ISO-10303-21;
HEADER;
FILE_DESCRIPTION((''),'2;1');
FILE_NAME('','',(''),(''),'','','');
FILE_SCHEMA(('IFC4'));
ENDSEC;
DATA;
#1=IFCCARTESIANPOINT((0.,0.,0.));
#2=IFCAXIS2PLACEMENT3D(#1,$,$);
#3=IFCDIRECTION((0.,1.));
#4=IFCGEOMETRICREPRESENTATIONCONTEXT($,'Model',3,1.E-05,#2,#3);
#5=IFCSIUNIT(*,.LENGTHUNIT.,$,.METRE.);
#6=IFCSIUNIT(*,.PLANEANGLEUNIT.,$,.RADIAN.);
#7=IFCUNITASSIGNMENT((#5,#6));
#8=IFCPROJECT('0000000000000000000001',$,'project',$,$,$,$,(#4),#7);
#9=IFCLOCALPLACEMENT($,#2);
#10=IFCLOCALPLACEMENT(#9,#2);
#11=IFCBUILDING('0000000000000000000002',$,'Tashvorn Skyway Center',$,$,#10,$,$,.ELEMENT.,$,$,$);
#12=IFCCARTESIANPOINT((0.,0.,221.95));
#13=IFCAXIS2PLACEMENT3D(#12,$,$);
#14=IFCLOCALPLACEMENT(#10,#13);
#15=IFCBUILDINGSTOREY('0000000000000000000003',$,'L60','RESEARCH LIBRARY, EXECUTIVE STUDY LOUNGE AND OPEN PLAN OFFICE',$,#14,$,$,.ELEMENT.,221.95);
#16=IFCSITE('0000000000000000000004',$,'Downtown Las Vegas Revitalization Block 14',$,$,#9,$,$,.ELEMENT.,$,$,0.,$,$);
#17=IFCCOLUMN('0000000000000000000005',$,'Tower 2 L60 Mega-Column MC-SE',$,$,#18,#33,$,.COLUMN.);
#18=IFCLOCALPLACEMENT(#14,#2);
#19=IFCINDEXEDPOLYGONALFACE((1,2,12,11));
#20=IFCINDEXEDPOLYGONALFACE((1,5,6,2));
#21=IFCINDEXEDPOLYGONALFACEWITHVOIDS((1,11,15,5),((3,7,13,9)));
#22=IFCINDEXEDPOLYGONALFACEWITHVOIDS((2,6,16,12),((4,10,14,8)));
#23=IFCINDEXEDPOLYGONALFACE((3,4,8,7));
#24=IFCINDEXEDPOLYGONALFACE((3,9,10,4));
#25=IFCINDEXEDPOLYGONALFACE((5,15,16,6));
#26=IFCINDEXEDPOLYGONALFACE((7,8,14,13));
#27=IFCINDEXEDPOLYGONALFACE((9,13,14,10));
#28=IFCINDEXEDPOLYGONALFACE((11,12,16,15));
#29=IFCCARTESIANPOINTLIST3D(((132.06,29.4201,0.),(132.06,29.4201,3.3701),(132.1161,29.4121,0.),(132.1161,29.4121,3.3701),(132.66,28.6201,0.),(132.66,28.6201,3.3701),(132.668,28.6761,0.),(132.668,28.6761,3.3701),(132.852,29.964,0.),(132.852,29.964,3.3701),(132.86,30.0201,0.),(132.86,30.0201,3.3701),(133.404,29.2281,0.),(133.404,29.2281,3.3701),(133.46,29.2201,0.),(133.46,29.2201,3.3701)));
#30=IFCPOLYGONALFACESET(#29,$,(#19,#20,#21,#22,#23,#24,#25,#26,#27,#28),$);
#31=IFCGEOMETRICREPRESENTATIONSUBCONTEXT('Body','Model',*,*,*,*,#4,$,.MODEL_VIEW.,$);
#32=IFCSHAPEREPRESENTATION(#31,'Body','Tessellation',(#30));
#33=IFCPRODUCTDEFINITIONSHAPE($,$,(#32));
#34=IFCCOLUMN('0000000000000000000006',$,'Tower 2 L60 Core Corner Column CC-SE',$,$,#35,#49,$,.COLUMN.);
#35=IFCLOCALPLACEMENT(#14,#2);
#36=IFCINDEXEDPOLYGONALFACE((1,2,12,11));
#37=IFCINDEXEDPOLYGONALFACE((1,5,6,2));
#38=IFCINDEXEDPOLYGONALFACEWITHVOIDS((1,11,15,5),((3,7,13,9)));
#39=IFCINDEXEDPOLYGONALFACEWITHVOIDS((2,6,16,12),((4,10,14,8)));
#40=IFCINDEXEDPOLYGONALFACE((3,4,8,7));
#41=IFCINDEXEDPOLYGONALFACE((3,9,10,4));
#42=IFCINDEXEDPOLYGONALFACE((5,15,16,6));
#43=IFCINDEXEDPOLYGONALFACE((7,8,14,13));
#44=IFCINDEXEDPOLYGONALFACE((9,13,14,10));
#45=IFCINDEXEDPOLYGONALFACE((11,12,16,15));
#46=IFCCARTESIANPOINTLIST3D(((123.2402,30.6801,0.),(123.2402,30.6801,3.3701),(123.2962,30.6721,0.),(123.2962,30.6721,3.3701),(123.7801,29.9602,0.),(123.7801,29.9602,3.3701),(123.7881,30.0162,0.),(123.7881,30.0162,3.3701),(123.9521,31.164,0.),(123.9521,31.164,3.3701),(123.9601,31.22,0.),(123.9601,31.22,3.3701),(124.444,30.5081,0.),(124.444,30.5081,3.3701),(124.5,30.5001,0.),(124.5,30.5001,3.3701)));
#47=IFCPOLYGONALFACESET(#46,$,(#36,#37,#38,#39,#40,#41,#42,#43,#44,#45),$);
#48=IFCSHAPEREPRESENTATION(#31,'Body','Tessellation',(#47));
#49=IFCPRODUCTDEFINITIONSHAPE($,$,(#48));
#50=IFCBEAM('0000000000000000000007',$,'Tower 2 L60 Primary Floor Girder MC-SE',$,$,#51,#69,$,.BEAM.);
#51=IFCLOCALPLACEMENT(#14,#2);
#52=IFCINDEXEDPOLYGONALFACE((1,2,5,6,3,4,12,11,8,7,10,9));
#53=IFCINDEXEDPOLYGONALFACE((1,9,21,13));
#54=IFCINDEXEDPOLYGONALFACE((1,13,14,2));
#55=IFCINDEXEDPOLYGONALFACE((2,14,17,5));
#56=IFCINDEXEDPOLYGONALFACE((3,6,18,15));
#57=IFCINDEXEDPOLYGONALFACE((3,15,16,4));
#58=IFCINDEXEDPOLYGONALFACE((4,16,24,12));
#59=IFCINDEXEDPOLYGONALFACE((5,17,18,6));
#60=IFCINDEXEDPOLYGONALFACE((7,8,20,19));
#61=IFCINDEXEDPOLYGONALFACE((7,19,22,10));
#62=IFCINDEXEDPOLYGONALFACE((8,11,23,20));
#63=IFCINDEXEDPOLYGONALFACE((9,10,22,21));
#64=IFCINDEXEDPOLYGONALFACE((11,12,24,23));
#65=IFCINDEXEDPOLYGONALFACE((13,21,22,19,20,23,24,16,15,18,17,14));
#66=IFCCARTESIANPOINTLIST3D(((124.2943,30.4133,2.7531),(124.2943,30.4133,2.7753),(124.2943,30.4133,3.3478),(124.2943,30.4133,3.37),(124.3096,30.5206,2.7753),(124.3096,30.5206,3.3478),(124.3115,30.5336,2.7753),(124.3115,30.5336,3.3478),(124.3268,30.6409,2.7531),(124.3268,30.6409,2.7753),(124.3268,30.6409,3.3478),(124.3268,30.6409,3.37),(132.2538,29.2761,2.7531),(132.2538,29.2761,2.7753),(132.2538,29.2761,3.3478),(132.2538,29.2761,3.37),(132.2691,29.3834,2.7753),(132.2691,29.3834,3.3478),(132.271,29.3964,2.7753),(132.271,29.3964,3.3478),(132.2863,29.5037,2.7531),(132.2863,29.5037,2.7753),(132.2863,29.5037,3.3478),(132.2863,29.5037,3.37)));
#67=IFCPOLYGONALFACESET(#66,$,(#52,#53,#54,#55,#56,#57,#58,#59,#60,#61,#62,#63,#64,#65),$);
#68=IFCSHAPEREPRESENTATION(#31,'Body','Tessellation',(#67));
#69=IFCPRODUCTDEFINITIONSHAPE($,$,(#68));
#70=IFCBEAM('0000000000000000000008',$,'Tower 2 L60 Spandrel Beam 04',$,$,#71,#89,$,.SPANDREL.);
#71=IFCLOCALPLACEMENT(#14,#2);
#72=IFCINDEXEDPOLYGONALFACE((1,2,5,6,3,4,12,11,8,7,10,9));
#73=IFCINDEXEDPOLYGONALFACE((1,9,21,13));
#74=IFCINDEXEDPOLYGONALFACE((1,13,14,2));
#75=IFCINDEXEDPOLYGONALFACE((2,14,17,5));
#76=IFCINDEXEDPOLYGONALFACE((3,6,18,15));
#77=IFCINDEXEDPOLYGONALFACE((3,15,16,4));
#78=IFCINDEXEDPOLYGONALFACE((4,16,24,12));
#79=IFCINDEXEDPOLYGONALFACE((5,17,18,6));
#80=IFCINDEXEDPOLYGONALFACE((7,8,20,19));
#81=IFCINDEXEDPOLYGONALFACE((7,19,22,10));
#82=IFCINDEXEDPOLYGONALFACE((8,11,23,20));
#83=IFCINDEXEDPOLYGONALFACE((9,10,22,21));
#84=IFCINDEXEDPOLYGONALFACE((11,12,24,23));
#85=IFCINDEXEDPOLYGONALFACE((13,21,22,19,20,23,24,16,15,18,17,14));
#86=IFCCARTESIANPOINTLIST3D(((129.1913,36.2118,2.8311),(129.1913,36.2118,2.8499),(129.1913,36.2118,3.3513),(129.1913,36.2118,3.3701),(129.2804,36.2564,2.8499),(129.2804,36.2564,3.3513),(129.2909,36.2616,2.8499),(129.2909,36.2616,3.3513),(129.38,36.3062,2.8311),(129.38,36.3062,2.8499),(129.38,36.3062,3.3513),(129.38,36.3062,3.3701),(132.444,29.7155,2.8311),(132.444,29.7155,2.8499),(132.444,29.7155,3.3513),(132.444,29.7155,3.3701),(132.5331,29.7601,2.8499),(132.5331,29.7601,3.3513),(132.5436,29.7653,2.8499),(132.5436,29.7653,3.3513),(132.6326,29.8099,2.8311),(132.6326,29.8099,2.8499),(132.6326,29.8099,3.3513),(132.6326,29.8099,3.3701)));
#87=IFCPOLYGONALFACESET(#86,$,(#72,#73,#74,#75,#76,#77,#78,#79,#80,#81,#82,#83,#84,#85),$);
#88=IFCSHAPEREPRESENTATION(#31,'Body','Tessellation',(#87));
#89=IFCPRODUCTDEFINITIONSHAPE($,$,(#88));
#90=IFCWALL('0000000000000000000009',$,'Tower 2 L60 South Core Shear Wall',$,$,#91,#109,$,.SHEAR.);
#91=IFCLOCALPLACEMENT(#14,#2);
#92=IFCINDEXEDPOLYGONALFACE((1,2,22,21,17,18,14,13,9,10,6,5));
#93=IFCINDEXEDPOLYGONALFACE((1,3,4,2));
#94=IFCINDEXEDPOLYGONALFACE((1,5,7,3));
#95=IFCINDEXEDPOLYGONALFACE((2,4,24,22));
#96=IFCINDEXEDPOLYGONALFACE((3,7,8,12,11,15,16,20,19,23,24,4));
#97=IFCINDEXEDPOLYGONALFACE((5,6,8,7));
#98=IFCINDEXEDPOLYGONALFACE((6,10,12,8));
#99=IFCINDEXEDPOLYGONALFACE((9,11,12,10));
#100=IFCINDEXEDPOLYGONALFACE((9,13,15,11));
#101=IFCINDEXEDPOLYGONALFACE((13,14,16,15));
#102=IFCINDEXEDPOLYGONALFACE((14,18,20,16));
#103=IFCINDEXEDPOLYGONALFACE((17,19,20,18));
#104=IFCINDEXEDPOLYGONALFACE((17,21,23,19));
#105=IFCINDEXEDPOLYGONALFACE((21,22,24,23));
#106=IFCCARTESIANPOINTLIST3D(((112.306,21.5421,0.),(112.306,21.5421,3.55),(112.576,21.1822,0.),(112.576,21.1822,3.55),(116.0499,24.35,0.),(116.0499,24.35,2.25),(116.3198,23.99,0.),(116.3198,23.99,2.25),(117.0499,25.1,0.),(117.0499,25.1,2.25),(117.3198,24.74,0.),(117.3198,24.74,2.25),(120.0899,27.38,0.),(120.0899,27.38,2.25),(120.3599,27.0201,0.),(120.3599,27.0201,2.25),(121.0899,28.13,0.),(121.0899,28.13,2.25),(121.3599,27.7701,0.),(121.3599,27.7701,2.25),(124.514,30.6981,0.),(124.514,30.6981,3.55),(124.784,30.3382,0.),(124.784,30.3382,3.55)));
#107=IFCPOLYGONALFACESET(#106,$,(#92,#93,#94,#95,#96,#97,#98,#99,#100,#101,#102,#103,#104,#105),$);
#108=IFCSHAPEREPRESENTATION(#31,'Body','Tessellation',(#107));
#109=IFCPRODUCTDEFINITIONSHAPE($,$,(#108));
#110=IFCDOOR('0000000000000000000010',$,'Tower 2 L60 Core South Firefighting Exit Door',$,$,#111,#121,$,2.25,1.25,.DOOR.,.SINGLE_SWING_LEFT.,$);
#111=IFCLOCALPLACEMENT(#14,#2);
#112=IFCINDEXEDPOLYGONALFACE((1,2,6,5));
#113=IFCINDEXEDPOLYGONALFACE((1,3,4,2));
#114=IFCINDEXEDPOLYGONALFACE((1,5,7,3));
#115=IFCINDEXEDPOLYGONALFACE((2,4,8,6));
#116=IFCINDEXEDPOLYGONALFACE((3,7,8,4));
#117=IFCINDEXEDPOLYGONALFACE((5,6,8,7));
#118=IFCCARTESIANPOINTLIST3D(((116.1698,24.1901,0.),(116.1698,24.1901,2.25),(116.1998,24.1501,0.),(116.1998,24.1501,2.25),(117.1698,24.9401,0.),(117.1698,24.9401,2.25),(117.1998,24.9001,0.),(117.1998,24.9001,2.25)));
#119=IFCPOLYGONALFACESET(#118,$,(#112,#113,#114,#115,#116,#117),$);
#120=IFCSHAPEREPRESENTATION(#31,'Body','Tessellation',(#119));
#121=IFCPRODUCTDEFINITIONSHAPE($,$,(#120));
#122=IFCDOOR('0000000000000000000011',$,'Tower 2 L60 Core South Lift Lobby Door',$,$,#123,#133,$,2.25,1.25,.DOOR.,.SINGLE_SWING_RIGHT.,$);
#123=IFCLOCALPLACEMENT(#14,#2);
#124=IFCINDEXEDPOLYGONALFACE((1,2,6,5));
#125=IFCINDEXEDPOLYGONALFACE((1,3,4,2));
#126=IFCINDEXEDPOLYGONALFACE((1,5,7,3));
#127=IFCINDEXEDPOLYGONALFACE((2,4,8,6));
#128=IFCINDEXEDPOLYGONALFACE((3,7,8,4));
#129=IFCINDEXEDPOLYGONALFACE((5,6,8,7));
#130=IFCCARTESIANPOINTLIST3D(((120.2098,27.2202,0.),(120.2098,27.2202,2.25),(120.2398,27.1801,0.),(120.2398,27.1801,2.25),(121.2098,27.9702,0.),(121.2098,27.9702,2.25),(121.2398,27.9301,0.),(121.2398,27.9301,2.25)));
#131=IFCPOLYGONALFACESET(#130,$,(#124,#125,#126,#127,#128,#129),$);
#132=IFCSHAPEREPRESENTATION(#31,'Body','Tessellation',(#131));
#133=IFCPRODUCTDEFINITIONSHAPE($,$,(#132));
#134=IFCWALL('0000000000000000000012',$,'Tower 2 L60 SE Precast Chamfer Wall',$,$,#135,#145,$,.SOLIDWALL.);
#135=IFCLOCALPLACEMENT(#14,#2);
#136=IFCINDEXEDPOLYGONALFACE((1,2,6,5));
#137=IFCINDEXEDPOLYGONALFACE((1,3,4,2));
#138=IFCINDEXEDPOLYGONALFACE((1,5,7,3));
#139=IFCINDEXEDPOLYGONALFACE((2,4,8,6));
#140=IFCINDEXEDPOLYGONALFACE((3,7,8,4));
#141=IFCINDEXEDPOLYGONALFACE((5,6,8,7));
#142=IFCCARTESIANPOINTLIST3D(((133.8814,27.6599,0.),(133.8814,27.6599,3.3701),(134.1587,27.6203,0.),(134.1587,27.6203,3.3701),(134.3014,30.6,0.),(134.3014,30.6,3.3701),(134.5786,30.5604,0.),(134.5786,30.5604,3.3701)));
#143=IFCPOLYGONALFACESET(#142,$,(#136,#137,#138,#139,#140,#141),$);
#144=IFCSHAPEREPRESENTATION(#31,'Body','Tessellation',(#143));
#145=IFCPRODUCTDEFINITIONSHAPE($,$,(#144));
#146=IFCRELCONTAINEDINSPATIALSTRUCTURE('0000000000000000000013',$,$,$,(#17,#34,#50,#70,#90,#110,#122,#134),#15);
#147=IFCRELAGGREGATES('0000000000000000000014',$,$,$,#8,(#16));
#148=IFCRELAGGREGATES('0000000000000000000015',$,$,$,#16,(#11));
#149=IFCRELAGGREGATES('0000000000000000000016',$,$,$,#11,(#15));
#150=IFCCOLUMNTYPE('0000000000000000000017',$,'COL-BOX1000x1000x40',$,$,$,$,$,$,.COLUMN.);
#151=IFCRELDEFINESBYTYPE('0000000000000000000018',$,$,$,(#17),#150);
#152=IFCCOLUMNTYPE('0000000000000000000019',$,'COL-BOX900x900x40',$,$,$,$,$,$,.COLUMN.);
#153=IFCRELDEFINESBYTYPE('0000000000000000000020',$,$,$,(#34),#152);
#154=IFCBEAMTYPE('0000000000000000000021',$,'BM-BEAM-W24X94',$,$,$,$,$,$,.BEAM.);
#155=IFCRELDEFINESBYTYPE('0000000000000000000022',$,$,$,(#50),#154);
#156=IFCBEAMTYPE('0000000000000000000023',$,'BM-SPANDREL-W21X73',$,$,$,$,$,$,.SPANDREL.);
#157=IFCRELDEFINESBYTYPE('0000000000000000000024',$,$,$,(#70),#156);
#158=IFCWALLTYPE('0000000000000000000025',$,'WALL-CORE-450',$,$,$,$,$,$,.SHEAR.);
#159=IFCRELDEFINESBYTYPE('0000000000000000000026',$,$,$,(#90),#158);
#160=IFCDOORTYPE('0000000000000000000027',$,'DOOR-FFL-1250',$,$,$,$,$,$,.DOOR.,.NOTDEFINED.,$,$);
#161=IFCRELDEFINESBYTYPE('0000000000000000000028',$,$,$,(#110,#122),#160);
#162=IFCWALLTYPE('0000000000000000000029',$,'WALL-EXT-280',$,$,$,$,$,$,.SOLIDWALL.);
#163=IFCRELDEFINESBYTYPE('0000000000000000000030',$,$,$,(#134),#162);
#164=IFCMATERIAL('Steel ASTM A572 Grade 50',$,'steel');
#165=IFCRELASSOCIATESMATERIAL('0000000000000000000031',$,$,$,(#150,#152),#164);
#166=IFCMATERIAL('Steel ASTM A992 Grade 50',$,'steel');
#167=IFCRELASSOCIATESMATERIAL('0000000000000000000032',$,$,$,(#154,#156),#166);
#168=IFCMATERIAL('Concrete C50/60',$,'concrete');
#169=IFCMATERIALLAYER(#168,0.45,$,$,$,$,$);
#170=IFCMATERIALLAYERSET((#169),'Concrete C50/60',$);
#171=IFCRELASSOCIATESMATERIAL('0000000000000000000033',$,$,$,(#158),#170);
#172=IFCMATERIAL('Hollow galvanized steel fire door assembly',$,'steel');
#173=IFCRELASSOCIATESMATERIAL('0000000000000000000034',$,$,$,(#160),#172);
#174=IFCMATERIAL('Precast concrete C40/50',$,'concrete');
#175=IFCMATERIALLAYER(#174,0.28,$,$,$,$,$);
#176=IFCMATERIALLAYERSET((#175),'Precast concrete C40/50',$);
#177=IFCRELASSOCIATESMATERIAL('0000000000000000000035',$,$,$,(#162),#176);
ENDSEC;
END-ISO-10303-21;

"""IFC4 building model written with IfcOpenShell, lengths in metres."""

from ifc_helpers import new_model, si_unit, direction, frame, frame_2d, origin, origin_2d, place, context, subcontext, project, spatial, rectangle, hollow_rectangle, i_section, extrude, material, layer, layer_set, material_profile, profile_set, type_object, element, fill, save


model = new_model("IFC4")

# Units and contexts
model_context = context("Model", 3, precision=1e-05, world=origin(), true_north=direction((0.0, 1.0)))
body_context = subcontext(model_context, "Body", "Model", "MODEL_VIEW")
ifc_project = project(units=[si_unit("LENGTHUNIT", "METRE"), si_unit("PLANEANGLEUNIT", "RADIAN")], contexts=[model_context])

# Site, building, storey
site_placement = place(None, origin())
site = spatial("IfcSite", under=ifc_project, at=site_placement, Name="Downtown Las Vegas Revitalization Block 14", CompositionType="ELEMENT", RefElevation=0.0)
building_placement = place(site_placement, origin())
building = spatial("IfcBuilding", under=site, at=building_placement, Name="Tashvorn Skyway Center", CompositionType="ELEMENT")
storey_placement = place(building_placement, frame((0.0, 0.0, 221.95)))
storey = spatial("IfcBuildingStorey", under=building, at=storey_placement, Name="L60", Description="RESEARCH LIBRARY, EXECUTIVE STUDY LOUNGE AND OPEN PLAN OFFICE", CompositionType="ELEMENT", Elevation=221.95)

# Columns
ifc_material_1 = material(Name="Steel ASTM A572 Grade 50", Category="steel")
ifc_material_profile_1 = material_profile(ifc_material_1, hollow_rectangle(XDim=1.0, YDim=1.0, WallThickness=0.04, at=origin_2d()), Name="BOX1000x1000x40")
ifc_profile_set_1 = profile_set([ifc_material_profile_1], Name="Steel ASTM A572 Grade 50")
column_type_1 = type_object("IfcColumnType", Name="COL-BOX1000x1000x40", PredefinedType="COLUMN", material=ifc_profile_set_1)
column_1_placement = place(storey_placement, frame((132.76, 29.3201, 0.0), z_axis=(0.0, 0.0, 1.0), x_axis=(0.8, 0.6, 0.0)))
element("IfcColumn", 1, at=column_1_placement, inside=storey, type_object=column_type_1, Name="Tower 2 L60 Mega-Column MC-SE", PredefinedType="COLUMN", context=body_context, shape_type="SweptSolid", body=[
    extrude(hollow_rectangle(XDim=1.0, YDim=1.0, WallThickness=0.04, at=origin_2d()), origin(), (0.0, 0.0, 1.0), 3.3701),
])
ifc_material_profile_2 = material_profile(ifc_material_1, hollow_rectangle(XDim=0.8999, YDim=0.8999, WallThickness=0.04, at=origin_2d()), Name="BOX900x900x40")
ifc_profile_set_2 = profile_set([ifc_material_profile_2], Name="Steel ASTM A572 Grade 50")
column_type_2 = type_object("IfcColumnType", Name="COL-BOX900x900x40", PredefinedType="COLUMN", material=ifc_profile_set_2)
column_2_placement = place(storey_placement, frame((123.8701, 30.5901, 0.0), z_axis=(0.0, 0.0, 1.0), x_axis=(0.8, 0.6, 0.0)))
element("IfcColumn", 2, at=column_2_placement, inside=storey, type_object=column_type_2, Name="Tower 2 L60 Core Corner Column CC-SE", PredefinedType="COLUMN", context=body_context, shape_type="SweptSolid", body=[
    extrude(hollow_rectangle(XDim=0.8999, YDim=0.8999, WallThickness=0.04, at=origin_2d()), origin(), (0.0, 0.0, 1.0), 3.3701),
])

# Beams
ifc_material_2 = material(Name="Steel ASTM A992 Grade 50", Category="steel")
ifc_material_profile_3 = material_profile(ifc_material_2, i_section(OverallWidth=0.23, OverallDepth=0.6169, WebThickness=0.0132, FlangeThickness=0.0222, at=origin_2d()), Name="W24X94")
ifc_profile_set_3 = profile_set([ifc_material_profile_3], Name="Steel ASTM A992 Grade 50")
beam_type_1 = type_object("IfcBeamType", Name="BM-BEAM-W24X94", PredefinedType="BEAM", material=ifc_profile_set_3)
beam_1_placement = place(storey_placement, frame((132.27, 29.3899, 3.0615), z_axis=(-0.989947, 0.141438, 0.0), x_axis=(-0.141438, -0.989947, 0.0)))
element("IfcBeam", 3, at=beam_1_placement, inside=storey, type_object=beam_type_1, Name="Tower 2 L60 Primary Floor Girder MC-SE", PredefinedType="BEAM", context=body_context, shape_type="SweptSolid", body=[
    extrude(i_section(OverallWidth=0.23, OverallDepth=0.6169, WebThickness=0.0132, FlangeThickness=0.0222, at=origin_2d()), origin(), (0.0, 0.0, 1.0), 8.0403),
])
ifc_material_profile_4 = material_profile(ifc_material_2, i_section(OverallWidth=0.2109, OverallDepth=0.5391, WebThickness=0.0117, FlangeThickness=0.0188, at=origin_2d()), Name="W21X73")
ifc_profile_set_4 = profile_set([ifc_material_profile_4], Name="Steel ASTM A992 Grade 50")
beam_type_2 = type_object("IfcBeamType", Name="BM-SPANDREL-W21X73", PredefinedType="SPANDREL", material=ifc_profile_set_4)
beam_2_placement = place(storey_placement, frame((132.5383, 29.7627, 3.1006), z_axis=(-0.447711, 0.894178, 0.0), x_axis=(-0.894178, -0.447711, 0.0)))
element("IfcBeam", 4, at=beam_2_placement, inside=storey, type_object=beam_type_2, Name="Tower 2 L60 Spandrel Beam 04", PredefinedType="SPANDREL", context=body_context, shape_type="SweptSolid", body=[
    extrude(i_section(OverallWidth=0.2109, OverallDepth=0.5391, WebThickness=0.0117, FlangeThickness=0.0188, at=origin_2d()), origin(), (0.0, 0.0, 1.0), 7.2651),
])

# Wall, openings, doors
ifc_material_3 = material(Name="Concrete C50/60", Category="concrete")
ifc_layer_1 = layer(ifc_material_3, 0.45)
ifc_layer_set_1 = layer_set([ifc_layer_1], Name="Concrete C50/60")
wall_type_1 = type_object("IfcWallType", Name="WALL-CORE-450", PredefinedType="SHEAR", material=ifc_layer_set_1)
wall_1_placement = place(storey_placement, frame((124.6489, 30.5181, 0.0), z_axis=(0.0, 0.0, 1.0), x_axis=(-0.8, -0.6, 0.0)))
wall_1 = element("IfcWall", 5, at=wall_1_placement, inside=storey, type_object=wall_type_1, Name="Tower 2 L60 South Core Shear Wall", PredefinedType="SHEAR", context=body_context, shape_type="SweptSolid", body=[
    extrude(rectangle(XDim=15.26, YDim=0.45, at=frame_2d((7.6299, 0.0))), origin(), (0.0, 0.0, 1.0), 3.55),
])
opening_1_placement = place(wall_1_placement, frame((9.3301, 0.0, 0.0)))
opening_1 = element("IfcOpeningElement", 6, at=opening_1_placement, cuts=wall_1, PredefinedType="OPENING", context=body_context, shape_type="SweptSolid", body=[
    extrude(rectangle(XDim=1.25, YDim=2.25, at=frame_2d((0.625, 1.125))), frame((0.0, 0.2349, 0.0), z_axis=(0.0, -1.0, 0.0), x_axis=(1.0, 0.0, 0.0)), (0.0, 0.0, 1.0), 0.47),
])
opening_2_placement = place(wall_1_placement, frame((4.28, 0.0, 0.0)))
opening_2 = element("IfcOpeningElement", 7, at=opening_2_placement, cuts=wall_1, PredefinedType="OPENING", context=body_context, shape_type="SweptSolid", body=[
    extrude(rectangle(XDim=1.25, YDim=2.25, at=frame_2d((0.625, 1.125))), frame((0.0, 0.2349, 0.0), z_axis=(0.0, -1.0, 0.0), x_axis=(1.0, 0.0, 0.0)), (0.0, 0.0, 1.0), 0.47),
])
ifc_material_4 = material(Name="Hollow galvanized steel fire door assembly", Category="steel")
door_type_1 = type_object("IfcDoorType", Name="DOOR-FFL-1250", OperationType="NOTDEFINED", PredefinedType="DOOR", material=ifc_material_4)
door_1_placement = place(opening_1_placement, origin())
door_1 = element("IfcDoor", 8, at=door_1_placement, inside=storey, type_object=door_type_1, Name="Tower 2 L60 Core South Firefighting Exit Door", OperationType="SINGLE_SWING_LEFT", OverallHeight=2.25, OverallWidth=1.25, PredefinedType="DOOR", context=body_context, shape_type="SweptSolid", body=[
    extrude(rectangle(XDim=1.25, YDim=2.25, at=frame_2d((0.625, 1.125))), frame((0.0, 0.0249, 0.0), z_axis=(0.0, -1.0, 0.0), x_axis=(1.0, 0.0, 0.0)), (0.0, 0.0, 1.0), 0.05),
])
fill(opening_1, door_1)
door_2_placement = place(opening_2_placement, origin())
door_2 = element("IfcDoor", 9, at=door_2_placement, inside=storey, type_object=door_type_1, Name="Tower 2 L60 Core South Lift Lobby Door", OperationType="SINGLE_SWING_RIGHT", OverallHeight=2.25, OverallWidth=1.25, PredefinedType="DOOR", context=body_context, shape_type="SweptSolid", body=[
    extrude(rectangle(XDim=1.25, YDim=2.25, at=frame_2d((0.625, 1.125))), frame((0.0, 0.0249, 0.0), z_axis=(0.0, -1.0, 0.0), x_axis=(1.0, 0.0, 0.0)), (0.0, 0.0, 1.0), 0.05),
])
fill(opening_2, door_2)

# Wall
ifc_material_5 = material(Name="Precast concrete C40/50", Category="concrete")
ifc_layer_2 = layer(ifc_material_5, 0.28)
ifc_layer_set_2 = layer_set([ifc_layer_2], Name="Precast concrete C40/50")
wall_type_2 = type_object("IfcWallType", Name="WALL-EXT-280", PredefinedType="SOLIDWALL", material=ifc_layer_set_2)
wall_2_placement = place(storey_placement, frame((134.4399, 30.5801, 0.0), z_axis=(0.0, 0.0, 1.0), x_axis=(-0.141387, -0.989954, 0.0)))
element("IfcWall", 10, at=wall_2_placement, inside=storey, type_object=wall_type_2, Name="Tower 2 L60 SE Precast Chamfer Wall", PredefinedType="SOLIDWALL", context=body_context, shape_type="SweptSolid", body=[
    extrude(rectangle(XDim=2.97, YDim=0.28, at=frame_2d((1.4849, 0.0))), origin(), (0.0, 0.0, 1.0), 3.3701),
])

save(model, "model.ifc")
